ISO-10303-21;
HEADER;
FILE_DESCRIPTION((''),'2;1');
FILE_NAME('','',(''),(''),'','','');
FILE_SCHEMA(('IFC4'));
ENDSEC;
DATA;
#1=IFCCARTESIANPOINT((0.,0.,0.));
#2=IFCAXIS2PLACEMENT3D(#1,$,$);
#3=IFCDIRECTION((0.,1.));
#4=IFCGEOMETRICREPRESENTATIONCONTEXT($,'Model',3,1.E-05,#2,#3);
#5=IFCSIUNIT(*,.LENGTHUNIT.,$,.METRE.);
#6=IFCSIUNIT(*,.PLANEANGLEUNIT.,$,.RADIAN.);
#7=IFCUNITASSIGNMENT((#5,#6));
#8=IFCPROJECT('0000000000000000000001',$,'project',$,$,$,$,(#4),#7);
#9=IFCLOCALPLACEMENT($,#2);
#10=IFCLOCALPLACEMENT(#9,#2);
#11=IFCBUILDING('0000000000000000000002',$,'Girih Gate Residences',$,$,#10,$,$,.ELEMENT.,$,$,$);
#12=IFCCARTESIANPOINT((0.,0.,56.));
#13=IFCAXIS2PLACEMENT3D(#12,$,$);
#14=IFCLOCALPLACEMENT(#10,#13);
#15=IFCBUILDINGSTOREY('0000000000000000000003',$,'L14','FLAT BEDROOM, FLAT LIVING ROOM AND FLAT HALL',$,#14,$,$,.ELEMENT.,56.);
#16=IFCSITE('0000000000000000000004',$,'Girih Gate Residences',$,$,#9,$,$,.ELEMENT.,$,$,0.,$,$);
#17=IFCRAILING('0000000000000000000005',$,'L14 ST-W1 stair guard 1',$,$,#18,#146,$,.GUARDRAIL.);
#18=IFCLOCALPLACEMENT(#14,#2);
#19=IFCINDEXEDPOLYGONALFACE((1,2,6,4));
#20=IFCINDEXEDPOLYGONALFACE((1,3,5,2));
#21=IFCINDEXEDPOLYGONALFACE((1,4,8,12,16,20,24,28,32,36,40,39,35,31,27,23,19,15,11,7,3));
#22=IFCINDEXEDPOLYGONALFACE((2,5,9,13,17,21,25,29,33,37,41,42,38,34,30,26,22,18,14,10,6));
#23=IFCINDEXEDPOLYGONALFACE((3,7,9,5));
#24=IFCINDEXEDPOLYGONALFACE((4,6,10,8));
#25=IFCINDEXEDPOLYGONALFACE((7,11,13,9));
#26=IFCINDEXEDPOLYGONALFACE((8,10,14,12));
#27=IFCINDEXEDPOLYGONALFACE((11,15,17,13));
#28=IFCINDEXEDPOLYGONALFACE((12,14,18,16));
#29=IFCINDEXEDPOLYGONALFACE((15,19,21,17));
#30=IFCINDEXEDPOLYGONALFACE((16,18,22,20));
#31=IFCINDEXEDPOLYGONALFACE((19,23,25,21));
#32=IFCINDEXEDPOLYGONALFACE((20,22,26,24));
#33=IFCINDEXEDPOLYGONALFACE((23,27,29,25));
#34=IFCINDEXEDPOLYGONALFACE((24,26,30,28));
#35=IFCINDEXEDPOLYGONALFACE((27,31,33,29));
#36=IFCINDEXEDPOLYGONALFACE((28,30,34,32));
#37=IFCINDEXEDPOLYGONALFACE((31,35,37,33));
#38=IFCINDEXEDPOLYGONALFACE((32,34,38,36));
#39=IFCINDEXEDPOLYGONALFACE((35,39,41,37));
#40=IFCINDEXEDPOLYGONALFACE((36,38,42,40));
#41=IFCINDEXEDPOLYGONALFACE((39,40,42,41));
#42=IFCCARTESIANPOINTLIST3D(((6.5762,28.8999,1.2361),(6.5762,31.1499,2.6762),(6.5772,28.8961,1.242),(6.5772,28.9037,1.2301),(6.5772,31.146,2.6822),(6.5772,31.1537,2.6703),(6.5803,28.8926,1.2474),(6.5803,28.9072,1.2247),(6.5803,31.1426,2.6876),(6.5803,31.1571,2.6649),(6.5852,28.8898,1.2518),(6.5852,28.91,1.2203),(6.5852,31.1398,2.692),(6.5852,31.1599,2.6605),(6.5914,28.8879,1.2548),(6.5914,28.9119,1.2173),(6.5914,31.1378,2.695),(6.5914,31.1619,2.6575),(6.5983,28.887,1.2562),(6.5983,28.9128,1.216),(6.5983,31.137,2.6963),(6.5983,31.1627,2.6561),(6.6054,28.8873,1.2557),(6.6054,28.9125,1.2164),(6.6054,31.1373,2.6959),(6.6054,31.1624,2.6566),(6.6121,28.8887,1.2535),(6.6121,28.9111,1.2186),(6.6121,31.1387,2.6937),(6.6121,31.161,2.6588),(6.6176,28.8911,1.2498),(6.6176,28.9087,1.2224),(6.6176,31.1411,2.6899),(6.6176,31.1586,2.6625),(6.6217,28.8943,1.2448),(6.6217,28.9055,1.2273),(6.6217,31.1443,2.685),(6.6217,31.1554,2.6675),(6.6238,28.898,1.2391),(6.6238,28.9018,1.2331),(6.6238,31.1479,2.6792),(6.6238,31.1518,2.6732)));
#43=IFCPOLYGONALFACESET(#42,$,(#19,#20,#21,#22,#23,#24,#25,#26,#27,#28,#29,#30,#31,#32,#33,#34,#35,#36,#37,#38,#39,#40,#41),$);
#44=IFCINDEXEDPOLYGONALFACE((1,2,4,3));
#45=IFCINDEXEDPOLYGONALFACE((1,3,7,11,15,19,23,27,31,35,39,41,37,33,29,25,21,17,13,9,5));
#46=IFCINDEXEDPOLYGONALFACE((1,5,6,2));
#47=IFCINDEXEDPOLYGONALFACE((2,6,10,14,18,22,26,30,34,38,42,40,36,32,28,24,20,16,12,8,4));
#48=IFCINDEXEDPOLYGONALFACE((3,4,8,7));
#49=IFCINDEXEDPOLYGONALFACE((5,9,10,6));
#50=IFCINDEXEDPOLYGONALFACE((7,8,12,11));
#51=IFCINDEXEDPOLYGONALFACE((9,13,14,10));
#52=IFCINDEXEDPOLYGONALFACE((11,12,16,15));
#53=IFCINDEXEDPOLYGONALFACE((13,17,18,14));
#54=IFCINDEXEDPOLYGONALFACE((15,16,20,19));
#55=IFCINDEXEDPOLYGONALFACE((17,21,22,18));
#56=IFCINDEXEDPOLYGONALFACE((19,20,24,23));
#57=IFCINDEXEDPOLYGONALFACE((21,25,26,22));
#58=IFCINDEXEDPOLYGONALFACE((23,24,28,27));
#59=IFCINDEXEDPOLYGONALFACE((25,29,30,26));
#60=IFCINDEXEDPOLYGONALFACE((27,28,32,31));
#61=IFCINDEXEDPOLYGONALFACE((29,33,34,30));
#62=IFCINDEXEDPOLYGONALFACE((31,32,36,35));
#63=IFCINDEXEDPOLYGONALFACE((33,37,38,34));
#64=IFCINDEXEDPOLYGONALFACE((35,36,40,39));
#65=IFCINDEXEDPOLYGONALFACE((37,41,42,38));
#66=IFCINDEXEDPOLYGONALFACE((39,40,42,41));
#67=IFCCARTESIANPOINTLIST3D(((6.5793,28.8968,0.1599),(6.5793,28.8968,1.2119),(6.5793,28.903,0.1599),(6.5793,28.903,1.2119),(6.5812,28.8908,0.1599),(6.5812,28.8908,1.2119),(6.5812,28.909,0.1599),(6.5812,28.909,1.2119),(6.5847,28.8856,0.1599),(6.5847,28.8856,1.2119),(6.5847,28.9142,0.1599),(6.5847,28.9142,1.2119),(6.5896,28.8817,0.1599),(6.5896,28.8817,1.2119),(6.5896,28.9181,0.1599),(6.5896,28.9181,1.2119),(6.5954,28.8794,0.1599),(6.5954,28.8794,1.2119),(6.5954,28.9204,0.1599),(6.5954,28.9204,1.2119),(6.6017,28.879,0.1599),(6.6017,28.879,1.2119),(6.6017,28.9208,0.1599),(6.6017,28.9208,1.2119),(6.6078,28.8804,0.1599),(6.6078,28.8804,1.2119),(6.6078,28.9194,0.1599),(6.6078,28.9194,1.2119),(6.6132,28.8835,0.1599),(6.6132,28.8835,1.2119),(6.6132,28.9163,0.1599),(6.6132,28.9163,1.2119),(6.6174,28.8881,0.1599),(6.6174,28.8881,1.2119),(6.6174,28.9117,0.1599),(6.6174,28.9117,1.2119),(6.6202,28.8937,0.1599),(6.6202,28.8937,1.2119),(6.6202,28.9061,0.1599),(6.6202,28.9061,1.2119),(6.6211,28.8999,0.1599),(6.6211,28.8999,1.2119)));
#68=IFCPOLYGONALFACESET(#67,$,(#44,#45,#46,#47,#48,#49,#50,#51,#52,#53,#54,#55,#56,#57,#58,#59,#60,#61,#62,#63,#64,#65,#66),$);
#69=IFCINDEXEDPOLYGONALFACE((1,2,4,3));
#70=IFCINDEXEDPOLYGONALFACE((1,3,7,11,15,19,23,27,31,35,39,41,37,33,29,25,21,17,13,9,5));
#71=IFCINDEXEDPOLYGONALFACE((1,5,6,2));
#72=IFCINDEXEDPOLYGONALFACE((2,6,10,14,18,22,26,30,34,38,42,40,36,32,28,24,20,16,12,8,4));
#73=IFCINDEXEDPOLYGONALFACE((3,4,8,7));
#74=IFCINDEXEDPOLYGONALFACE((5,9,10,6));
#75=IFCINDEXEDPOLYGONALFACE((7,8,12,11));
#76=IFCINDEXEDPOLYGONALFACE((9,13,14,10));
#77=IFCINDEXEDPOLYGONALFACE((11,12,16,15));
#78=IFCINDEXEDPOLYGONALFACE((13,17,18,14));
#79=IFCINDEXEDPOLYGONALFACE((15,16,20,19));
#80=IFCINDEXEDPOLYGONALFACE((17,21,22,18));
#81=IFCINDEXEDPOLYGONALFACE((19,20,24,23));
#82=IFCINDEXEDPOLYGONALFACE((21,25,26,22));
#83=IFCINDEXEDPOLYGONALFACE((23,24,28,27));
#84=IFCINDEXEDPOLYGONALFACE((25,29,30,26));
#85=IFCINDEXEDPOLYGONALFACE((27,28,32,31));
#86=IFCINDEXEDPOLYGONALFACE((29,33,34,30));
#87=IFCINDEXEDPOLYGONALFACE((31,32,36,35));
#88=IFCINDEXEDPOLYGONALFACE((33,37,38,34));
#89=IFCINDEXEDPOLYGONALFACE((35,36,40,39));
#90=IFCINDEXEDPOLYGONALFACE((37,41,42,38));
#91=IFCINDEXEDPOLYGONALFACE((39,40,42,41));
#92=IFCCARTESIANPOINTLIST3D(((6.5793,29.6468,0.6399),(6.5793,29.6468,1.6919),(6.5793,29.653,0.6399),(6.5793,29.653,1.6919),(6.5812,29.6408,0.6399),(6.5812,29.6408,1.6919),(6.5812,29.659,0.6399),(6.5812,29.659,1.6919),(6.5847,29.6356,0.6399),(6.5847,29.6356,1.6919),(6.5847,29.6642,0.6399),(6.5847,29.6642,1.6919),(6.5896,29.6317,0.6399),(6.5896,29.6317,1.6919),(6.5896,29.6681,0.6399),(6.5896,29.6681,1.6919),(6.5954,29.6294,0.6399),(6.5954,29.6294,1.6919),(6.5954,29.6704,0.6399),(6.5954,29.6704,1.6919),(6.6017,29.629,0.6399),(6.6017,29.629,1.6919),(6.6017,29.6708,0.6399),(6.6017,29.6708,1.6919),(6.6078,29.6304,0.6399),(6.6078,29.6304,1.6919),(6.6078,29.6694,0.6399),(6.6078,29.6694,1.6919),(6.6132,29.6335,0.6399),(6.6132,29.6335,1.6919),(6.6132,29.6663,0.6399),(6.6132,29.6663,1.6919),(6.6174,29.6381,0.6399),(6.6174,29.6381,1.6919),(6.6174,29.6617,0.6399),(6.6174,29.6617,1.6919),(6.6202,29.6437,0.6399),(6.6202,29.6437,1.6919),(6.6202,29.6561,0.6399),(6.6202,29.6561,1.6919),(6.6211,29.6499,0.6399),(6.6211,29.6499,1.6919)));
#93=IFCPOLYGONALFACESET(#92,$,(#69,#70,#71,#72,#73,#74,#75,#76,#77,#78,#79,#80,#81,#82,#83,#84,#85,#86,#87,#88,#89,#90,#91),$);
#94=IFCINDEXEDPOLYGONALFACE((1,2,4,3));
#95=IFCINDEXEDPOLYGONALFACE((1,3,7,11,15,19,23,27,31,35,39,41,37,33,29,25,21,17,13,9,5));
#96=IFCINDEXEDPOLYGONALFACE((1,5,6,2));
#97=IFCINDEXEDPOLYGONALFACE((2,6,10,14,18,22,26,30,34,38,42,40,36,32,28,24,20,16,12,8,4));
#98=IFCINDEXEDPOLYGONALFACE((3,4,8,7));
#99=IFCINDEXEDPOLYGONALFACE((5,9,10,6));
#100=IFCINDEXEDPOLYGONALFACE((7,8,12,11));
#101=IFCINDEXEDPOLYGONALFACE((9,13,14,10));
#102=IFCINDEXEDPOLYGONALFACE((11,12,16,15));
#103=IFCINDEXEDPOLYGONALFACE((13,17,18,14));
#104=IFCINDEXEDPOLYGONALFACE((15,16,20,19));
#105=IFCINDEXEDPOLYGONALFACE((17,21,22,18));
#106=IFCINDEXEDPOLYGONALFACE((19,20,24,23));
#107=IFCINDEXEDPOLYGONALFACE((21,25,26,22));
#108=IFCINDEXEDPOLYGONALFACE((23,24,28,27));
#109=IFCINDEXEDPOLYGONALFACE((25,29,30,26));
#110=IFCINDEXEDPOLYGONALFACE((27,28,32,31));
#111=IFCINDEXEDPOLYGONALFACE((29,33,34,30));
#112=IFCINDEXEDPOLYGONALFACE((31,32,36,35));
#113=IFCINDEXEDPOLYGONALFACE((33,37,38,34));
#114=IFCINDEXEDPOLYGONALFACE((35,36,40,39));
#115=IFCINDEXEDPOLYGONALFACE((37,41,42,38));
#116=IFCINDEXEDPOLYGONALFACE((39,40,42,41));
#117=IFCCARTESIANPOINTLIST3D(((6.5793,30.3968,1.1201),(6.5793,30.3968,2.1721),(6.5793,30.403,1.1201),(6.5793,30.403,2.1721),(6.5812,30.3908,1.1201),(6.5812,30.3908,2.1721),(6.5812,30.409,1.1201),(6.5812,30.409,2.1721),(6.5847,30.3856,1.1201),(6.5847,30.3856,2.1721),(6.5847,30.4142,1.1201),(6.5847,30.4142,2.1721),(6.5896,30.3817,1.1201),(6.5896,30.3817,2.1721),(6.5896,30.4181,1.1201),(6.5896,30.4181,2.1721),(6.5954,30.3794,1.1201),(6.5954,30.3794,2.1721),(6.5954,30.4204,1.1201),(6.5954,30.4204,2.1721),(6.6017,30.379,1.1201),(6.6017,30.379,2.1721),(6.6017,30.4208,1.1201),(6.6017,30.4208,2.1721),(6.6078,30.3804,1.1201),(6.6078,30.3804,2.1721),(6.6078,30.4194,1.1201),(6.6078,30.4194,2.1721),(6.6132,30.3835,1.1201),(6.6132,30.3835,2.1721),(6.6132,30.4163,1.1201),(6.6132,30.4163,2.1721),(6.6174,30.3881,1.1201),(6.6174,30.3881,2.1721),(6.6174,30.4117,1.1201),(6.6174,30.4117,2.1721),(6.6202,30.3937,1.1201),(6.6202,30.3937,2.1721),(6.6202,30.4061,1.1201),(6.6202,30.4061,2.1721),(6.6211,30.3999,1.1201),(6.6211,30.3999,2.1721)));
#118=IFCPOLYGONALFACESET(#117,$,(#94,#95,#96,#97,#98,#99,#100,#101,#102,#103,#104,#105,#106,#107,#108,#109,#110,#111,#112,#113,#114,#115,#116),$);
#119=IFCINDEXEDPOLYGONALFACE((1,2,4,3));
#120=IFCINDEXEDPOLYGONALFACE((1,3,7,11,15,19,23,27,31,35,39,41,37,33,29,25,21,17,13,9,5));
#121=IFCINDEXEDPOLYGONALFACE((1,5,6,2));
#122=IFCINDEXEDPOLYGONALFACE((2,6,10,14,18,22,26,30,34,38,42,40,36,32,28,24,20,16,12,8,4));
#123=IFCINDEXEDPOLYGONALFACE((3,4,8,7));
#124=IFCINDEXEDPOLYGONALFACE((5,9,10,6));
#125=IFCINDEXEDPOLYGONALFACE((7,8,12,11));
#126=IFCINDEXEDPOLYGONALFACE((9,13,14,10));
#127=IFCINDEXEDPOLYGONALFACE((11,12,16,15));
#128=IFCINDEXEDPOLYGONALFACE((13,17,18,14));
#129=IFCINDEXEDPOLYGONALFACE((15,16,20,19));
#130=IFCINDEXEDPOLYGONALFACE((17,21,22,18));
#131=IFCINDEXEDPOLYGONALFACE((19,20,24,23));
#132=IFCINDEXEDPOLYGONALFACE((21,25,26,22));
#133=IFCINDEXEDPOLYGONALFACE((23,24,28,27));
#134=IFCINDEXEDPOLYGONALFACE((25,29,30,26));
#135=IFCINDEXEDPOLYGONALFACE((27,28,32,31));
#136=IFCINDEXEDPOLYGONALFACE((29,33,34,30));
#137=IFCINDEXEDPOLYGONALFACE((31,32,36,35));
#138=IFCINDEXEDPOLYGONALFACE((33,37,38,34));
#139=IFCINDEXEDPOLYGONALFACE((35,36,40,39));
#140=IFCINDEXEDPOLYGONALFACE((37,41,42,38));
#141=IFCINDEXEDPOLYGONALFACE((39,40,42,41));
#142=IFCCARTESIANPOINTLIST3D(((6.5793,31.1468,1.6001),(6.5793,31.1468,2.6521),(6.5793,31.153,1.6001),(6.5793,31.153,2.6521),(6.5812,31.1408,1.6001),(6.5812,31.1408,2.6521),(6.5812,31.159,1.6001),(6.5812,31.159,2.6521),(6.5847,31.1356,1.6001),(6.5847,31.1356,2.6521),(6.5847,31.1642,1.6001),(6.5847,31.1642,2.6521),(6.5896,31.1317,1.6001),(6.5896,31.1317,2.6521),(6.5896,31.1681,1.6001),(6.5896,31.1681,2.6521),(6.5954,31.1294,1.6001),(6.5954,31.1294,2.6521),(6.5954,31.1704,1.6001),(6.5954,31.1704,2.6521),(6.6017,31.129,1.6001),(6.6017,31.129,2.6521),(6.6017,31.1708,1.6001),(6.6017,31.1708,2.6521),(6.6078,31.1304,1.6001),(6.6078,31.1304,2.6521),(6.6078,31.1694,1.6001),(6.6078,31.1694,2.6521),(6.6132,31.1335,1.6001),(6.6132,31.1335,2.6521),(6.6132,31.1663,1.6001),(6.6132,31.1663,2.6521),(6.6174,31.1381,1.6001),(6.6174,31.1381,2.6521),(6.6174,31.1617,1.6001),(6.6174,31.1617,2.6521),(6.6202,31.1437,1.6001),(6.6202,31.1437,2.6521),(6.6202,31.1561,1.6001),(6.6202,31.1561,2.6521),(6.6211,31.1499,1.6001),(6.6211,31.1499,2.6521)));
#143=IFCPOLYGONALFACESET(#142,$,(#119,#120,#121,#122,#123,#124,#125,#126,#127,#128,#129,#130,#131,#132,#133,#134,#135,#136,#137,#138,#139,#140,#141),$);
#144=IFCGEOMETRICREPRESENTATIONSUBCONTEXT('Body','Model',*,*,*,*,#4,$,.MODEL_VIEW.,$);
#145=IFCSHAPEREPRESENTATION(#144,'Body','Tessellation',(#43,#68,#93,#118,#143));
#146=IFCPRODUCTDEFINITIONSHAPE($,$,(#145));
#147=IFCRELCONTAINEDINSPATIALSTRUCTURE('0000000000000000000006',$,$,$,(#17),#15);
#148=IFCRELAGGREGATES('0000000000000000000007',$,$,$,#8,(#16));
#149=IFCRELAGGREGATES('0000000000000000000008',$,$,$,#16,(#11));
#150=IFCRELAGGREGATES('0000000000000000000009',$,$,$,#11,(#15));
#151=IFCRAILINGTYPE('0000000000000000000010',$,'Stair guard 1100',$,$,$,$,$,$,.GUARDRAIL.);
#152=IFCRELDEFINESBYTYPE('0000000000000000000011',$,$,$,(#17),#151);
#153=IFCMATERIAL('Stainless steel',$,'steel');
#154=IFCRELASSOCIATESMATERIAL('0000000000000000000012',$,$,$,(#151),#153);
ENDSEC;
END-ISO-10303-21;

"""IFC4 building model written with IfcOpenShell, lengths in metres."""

from ifc_helpers import new_model, si_unit, direction, frame, origin, origin_2d, place, context, subcontext, project, spatial, circle, extrude, material, type_object, element, save


model = new_model("IFC4")

# Units and contexts
model_context = context("Model", 3, precision=1e-05, world=origin(), true_north=direction((0.0, 1.0)))
body_context = subcontext(model_context, "Body", "Model", "MODEL_VIEW")
ifc_project = project(units=[si_unit("LENGTHUNIT", "METRE"), si_unit("PLANEANGLEUNIT", "RADIAN")], contexts=[model_context])

# Site, building, storey
site_placement = place(None, origin())
site = spatial("IfcSite", under=ifc_project, at=site_placement, Name="Girih Gate Residences", CompositionType="ELEMENT", RefElevation=0.0)
building_placement = place(site_placement, origin())
building = spatial("IfcBuilding", under=site, at=building_placement, Name="Girih Gate Residences", CompositionType="ELEMENT")
storey_placement = place(building_placement, frame((0.0, 0.0, 56.0)))
storey = spatial("IfcBuildingStorey", under=building, at=storey_placement, Name="L14", Description="FLAT BEDROOM, FLAT LIVING ROOM AND FLAT HALL", CompositionType="ELEMENT", Elevation=56.0)

# Railing
ifc_material_1 = material(Name="Stainless steel", Category="steel")
railing_type_1 = type_object("IfcRailingType", Name="Stair guard 1100", PredefinedType="GUARDRAIL", material=ifc_material_1)
railing_1_placement = place(storey_placement, frame((6.6001, 28.8999, 0.1599)))
element("IfcRailing", 1, at=railing_1_placement, inside=storey, type_object=railing_type_1, Name="L14 ST-W1 stair guard 1", PredefinedType="GUARDRAIL", context=body_context, shape_type="SweptSolid", body=[
    extrude(circle(Radius=0.0239, at=origin_2d()), frame((0.0, 0.0, 1.0762), z_axis=(0.0, 0.84224, 0.539103), x_axis=(-1.0, 0.0, 0.0)), (0.0, 0.0, 1.0), 2.6714),
    extrude(circle(Radius=0.021, at=origin_2d()), origin(), (0.0, 0.0, 1.0), 1.052),
    extrude(circle(Radius=0.021, at=origin_2d()), frame((0.0, 0.75, 0.48)), (0.0, 0.0, 1.0), 1.052),
    extrude(circle(Radius=0.021, at=origin_2d()), frame((0.0, 1.5, 0.9602)), (0.0, 0.0, 1.0), 1.052),
    extrude(circle(Radius=0.021, at=origin_2d()), frame((0.0, 2.25, 1.4402)), (0.0, 0.0, 1.0), 1.052),
])

save(model, "model.ifc")
